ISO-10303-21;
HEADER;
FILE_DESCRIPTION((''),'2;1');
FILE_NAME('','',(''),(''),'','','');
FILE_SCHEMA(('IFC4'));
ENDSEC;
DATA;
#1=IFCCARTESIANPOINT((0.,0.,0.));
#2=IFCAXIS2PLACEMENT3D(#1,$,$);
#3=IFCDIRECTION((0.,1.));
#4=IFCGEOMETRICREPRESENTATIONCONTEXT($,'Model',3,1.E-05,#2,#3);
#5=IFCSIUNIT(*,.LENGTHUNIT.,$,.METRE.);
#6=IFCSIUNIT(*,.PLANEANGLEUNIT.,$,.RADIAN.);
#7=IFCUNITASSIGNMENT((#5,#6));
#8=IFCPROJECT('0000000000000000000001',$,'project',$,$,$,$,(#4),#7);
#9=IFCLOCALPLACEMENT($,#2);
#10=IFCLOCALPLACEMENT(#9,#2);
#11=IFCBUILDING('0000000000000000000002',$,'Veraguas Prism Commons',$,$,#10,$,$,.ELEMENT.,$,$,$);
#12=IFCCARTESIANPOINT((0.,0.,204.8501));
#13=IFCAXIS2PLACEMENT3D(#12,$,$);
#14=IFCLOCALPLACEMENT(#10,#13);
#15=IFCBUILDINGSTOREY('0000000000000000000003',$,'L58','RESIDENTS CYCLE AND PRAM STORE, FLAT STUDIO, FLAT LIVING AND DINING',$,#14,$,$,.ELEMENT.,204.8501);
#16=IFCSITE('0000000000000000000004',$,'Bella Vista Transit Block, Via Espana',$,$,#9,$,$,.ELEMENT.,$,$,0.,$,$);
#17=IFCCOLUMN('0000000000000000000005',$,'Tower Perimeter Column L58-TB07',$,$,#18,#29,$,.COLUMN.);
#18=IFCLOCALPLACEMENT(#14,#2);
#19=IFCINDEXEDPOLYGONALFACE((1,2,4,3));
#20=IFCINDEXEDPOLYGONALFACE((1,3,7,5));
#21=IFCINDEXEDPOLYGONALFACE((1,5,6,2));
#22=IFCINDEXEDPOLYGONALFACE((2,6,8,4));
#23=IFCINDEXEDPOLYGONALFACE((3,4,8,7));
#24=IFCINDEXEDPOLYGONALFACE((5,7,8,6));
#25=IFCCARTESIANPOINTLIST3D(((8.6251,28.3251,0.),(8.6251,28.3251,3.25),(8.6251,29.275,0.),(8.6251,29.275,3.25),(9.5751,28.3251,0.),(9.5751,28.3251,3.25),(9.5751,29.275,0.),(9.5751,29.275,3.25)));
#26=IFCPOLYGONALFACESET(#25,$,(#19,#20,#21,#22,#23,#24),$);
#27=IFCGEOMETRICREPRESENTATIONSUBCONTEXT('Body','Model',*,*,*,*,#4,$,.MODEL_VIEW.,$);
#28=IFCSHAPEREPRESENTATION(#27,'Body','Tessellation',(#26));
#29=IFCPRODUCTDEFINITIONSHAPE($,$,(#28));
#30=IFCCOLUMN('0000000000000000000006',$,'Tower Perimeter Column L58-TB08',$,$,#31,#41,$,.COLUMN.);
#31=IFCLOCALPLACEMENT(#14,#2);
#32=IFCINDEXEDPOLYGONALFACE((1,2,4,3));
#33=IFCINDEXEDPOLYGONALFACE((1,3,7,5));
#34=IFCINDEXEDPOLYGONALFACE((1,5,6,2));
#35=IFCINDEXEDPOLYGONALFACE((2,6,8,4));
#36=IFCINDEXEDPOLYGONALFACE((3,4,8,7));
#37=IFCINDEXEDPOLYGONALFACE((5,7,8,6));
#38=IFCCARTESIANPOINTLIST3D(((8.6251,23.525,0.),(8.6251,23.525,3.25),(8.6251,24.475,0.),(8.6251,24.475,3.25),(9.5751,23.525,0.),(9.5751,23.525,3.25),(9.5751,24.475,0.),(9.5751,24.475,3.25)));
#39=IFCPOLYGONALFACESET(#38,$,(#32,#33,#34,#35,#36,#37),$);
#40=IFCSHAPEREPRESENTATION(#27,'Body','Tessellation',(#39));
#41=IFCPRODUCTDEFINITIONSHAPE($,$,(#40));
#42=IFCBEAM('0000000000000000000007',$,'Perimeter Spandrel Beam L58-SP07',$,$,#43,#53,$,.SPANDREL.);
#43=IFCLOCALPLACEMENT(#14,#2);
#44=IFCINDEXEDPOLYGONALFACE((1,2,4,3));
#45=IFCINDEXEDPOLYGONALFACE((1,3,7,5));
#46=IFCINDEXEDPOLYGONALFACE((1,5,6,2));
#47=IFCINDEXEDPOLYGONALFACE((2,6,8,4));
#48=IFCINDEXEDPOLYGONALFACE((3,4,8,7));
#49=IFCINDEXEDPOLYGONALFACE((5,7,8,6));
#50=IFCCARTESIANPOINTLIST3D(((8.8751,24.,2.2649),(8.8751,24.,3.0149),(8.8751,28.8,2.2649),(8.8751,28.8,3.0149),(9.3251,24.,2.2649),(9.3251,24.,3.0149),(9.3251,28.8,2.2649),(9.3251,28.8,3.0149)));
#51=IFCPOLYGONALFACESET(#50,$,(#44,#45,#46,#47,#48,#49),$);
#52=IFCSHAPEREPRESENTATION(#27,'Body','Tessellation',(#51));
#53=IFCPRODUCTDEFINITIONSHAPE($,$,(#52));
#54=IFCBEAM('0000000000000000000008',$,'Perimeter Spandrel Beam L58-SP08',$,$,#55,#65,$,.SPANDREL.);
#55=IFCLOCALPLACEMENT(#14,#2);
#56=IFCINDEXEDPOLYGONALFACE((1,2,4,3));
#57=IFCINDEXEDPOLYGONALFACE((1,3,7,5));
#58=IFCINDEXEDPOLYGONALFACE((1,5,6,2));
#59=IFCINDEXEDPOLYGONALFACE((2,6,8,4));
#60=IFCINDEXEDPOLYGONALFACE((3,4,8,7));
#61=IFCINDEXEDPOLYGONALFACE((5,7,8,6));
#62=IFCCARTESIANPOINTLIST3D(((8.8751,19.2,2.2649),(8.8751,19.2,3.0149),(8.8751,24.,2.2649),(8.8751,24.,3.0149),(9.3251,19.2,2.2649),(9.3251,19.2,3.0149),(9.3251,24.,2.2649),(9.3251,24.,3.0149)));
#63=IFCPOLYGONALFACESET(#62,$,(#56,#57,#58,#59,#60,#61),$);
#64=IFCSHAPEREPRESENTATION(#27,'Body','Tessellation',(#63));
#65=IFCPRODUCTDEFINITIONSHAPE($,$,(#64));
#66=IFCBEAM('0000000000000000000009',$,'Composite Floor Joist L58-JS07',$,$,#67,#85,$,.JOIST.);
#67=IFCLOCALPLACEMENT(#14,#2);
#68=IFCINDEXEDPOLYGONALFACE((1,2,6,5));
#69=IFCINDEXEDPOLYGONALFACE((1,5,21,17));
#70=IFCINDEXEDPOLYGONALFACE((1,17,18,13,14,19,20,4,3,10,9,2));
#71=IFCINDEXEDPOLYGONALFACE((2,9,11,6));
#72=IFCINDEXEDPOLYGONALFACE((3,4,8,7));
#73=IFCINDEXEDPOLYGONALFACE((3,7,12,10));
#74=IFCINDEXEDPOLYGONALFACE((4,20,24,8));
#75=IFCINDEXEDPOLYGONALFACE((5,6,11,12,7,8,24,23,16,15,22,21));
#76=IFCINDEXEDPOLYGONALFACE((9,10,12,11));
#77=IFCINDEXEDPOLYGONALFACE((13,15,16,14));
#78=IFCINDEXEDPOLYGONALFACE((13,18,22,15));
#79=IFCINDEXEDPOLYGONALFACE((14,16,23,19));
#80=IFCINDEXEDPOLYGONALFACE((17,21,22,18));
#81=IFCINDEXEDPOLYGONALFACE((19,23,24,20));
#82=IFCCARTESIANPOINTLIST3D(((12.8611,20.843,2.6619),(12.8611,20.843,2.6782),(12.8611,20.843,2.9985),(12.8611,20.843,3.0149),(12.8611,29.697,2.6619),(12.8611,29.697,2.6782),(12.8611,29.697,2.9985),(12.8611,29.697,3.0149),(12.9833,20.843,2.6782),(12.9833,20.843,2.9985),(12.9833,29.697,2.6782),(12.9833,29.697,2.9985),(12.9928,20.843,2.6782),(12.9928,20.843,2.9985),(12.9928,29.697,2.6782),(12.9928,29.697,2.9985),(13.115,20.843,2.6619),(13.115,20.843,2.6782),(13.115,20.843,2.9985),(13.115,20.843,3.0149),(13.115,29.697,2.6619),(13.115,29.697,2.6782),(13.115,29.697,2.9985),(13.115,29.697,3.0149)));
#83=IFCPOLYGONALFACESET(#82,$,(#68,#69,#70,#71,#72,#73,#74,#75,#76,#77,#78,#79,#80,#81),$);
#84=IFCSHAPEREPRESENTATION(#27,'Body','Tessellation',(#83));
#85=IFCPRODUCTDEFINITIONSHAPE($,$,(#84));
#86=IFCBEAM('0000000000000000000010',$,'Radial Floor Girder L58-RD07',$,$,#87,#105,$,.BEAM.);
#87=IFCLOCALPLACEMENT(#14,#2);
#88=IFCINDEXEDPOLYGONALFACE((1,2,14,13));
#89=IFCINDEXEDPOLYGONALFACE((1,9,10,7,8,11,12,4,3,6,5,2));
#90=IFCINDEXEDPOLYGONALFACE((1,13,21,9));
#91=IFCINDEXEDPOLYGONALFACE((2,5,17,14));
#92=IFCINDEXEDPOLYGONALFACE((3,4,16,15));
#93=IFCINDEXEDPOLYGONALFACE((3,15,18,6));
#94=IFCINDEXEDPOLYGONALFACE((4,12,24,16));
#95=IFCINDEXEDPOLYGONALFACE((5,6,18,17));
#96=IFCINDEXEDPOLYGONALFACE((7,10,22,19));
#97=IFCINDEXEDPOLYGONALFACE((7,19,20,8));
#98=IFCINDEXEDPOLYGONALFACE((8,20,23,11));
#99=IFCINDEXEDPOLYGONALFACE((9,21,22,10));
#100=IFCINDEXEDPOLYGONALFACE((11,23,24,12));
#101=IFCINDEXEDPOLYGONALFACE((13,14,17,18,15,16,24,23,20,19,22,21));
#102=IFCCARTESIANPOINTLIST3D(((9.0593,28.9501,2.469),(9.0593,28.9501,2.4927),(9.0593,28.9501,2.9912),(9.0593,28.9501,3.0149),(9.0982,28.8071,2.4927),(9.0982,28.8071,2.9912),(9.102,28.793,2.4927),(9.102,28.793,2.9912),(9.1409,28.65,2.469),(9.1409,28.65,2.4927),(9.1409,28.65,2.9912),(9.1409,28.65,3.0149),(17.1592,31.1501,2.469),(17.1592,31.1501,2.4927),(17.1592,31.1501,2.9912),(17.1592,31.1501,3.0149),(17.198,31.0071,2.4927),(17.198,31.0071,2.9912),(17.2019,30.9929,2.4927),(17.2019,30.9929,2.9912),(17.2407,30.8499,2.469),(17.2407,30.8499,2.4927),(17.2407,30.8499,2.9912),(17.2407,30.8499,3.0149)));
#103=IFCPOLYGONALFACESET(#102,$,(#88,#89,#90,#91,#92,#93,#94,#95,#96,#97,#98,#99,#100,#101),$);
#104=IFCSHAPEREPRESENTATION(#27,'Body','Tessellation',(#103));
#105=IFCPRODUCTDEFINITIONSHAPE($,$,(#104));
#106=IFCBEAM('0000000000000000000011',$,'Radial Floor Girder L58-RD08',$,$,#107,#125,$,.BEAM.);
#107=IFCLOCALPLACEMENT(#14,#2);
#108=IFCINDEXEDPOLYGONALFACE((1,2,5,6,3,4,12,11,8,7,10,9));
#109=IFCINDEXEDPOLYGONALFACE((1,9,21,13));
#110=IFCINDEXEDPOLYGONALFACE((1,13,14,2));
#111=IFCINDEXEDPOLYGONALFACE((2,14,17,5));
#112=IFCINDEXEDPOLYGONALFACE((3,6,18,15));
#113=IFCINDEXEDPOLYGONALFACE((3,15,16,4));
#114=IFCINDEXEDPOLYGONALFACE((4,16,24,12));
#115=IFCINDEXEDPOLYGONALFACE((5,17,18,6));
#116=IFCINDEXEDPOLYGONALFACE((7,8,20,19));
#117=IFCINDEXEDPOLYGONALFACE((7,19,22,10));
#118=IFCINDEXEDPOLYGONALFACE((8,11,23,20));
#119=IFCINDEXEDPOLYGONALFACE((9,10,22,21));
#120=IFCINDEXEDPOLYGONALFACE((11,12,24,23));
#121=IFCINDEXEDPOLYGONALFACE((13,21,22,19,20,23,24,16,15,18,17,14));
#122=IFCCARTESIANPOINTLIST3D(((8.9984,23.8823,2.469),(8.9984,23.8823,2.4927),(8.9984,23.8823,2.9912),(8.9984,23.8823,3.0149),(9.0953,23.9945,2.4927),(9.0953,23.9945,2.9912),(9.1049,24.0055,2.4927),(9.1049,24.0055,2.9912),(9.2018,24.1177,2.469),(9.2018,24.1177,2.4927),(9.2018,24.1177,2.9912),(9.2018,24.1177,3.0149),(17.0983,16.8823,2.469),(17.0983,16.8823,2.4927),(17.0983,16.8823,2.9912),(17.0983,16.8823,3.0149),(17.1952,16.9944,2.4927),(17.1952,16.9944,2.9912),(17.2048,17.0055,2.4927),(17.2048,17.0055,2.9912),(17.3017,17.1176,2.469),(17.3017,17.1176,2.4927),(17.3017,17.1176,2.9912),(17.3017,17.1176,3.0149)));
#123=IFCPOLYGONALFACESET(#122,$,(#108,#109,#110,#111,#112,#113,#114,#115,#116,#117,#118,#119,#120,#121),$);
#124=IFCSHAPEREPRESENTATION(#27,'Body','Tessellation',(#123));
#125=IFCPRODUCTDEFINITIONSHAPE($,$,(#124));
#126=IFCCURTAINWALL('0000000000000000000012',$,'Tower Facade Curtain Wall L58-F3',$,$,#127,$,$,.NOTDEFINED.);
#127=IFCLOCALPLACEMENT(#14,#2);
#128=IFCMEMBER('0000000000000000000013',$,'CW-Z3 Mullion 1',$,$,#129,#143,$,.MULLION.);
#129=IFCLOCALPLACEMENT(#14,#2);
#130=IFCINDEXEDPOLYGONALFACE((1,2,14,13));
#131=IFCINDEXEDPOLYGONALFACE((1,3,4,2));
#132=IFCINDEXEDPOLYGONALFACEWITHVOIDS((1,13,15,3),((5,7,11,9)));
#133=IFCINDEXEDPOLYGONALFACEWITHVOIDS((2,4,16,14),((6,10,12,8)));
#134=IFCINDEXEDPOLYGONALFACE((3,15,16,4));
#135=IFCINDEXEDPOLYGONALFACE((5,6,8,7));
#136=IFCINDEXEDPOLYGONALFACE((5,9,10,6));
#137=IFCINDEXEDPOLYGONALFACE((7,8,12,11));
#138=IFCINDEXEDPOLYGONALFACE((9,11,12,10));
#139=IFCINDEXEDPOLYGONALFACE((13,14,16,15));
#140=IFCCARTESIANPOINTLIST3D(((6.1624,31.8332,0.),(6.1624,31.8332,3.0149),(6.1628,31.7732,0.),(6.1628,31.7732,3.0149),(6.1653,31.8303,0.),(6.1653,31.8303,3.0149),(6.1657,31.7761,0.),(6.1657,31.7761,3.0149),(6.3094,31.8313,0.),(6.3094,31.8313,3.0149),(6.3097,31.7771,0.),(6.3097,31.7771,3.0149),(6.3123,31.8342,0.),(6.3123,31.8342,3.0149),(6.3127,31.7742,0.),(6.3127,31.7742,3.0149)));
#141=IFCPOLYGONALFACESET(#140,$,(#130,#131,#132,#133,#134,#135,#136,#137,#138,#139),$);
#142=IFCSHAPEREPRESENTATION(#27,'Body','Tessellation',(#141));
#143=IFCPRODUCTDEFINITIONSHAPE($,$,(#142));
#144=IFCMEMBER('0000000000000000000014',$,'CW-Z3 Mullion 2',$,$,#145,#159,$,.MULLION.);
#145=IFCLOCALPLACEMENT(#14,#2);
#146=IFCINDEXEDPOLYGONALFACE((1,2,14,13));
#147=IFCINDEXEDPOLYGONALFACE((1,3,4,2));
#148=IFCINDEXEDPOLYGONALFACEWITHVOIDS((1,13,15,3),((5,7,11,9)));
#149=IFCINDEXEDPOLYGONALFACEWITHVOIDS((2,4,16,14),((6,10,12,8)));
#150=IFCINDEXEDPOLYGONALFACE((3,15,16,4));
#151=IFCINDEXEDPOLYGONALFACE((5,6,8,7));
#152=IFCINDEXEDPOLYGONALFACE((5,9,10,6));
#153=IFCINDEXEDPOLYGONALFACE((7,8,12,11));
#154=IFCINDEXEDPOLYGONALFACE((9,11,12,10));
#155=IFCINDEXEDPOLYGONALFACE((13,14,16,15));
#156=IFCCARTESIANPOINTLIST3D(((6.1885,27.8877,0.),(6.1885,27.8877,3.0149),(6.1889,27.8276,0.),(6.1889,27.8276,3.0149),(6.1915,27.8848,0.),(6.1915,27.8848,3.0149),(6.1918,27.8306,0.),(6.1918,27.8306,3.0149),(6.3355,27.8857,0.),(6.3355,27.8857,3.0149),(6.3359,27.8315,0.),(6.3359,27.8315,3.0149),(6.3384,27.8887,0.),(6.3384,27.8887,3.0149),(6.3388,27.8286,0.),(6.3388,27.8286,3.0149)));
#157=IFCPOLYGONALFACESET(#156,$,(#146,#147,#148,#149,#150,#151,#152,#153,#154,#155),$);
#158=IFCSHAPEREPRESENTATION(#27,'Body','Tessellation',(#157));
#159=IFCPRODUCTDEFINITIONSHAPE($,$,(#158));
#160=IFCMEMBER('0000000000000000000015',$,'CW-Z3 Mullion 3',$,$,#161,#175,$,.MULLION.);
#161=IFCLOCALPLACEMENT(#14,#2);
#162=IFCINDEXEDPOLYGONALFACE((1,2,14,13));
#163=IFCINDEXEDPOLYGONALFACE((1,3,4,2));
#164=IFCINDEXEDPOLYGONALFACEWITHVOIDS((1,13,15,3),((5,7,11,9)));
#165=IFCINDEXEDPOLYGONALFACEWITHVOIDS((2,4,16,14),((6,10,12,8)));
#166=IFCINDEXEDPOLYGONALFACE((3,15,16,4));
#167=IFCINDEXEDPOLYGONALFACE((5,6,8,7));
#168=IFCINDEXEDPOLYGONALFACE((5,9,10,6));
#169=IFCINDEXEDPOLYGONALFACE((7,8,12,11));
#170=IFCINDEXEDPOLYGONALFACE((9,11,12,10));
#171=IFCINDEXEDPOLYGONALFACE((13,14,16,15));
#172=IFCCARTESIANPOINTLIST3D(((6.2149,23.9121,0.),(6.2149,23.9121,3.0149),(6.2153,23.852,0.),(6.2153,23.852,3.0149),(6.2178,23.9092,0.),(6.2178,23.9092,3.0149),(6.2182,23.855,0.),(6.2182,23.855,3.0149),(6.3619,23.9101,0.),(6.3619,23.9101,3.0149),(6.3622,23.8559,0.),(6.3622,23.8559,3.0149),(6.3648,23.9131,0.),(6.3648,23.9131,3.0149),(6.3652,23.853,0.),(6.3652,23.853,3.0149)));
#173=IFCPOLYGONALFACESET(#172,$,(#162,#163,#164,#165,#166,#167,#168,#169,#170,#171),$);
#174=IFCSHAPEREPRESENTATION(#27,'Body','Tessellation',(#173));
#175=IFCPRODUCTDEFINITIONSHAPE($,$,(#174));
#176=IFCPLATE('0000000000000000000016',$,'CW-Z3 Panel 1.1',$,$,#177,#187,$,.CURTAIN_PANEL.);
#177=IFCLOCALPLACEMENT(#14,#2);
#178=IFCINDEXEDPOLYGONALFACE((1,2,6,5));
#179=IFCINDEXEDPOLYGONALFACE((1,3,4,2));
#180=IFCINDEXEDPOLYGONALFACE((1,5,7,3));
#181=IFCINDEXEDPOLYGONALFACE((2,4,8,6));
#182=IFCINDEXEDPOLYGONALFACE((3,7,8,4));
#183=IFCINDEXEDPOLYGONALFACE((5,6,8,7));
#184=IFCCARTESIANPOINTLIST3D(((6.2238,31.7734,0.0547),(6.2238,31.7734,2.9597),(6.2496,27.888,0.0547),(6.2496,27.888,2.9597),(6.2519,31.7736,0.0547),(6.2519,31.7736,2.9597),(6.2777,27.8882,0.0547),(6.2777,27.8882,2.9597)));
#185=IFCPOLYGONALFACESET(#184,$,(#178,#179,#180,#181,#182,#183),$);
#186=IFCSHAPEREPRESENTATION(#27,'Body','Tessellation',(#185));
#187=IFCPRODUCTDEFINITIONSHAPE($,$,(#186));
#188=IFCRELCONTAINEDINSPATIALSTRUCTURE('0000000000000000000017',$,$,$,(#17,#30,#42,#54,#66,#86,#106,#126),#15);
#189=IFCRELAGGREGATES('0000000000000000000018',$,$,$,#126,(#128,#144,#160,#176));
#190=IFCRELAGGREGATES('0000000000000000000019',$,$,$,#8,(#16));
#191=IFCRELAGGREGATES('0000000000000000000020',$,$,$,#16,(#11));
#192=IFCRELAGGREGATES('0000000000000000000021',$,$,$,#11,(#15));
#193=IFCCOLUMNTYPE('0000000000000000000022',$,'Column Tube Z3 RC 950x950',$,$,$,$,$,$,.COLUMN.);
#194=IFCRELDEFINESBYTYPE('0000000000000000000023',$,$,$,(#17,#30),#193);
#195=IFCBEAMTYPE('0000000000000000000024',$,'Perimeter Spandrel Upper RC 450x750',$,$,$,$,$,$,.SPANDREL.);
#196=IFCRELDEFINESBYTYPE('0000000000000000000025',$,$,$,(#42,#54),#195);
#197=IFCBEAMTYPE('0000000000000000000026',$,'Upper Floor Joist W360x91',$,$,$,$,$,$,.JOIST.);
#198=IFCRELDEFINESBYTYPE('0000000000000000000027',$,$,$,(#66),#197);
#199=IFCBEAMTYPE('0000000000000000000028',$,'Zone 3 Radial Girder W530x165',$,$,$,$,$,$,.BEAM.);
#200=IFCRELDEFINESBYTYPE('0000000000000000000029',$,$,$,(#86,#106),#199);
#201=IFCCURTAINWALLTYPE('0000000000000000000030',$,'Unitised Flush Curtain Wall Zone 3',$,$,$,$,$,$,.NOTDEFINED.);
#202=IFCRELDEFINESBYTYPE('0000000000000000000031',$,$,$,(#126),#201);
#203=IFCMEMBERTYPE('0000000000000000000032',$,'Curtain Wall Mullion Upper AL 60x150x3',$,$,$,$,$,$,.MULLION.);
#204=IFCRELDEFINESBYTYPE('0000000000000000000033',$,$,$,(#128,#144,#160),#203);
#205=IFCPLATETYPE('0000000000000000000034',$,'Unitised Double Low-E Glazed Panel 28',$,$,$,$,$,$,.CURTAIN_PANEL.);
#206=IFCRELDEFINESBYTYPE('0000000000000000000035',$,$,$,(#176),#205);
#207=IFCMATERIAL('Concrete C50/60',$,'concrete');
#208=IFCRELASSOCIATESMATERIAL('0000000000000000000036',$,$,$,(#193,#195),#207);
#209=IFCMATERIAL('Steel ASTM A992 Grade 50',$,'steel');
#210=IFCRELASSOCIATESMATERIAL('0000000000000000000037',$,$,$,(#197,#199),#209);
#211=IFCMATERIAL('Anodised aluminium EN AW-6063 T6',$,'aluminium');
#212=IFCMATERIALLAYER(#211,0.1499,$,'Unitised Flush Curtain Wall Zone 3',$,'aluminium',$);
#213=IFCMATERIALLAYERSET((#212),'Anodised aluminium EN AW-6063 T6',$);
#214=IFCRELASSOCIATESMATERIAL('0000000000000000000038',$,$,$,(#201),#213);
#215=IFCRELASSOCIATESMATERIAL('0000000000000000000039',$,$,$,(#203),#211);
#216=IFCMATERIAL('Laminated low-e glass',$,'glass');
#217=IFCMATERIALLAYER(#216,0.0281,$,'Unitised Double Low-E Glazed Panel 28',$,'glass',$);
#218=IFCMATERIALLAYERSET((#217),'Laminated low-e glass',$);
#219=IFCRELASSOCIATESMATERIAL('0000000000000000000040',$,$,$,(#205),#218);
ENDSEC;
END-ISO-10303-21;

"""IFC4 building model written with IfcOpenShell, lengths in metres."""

from ifc_helpers import new_model, si_unit, direction, frame, origin, origin_2d, place, context, subcontext, project, spatial, rectangle, hollow_rectangle, i_section, extrude, source, transform, mapped, material, layer, layer_set, material_profile, profile_set, type_object, element, aggregate, save


model = new_model("IFC4")

# Units and contexts
model_context = context("Model", 3, precision=1e-05, world=origin(), true_north=direction((0.0, 1.0)))
body_context = subcontext(model_context, "Body", "Model", "MODEL_VIEW")
ifc_project = project(units=[si_unit("LENGTHUNIT", "METRE"), si_unit("PLANEANGLEUNIT", "RADIAN")], contexts=[model_context])

# Site, building, storey
site_placement = place(None, origin())
site = spatial("IfcSite", under=ifc_project, at=site_placement, Name="Bella Vista Transit Block, Via Espana", CompositionType="ELEMENT", RefElevation=0.0)
building_placement = place(site_placement, origin())
building = spatial("IfcBuilding", under=site, at=building_placement, Name="Veraguas Prism Commons", CompositionType="ELEMENT")
storey_placement = place(building_placement, frame((0.0, 0.0, 204.8501)))
storey = spatial("IfcBuildingStorey", under=building, at=storey_placement, Name="L58", Description="RESIDENTS CYCLE AND PRAM STORE, FLAT STUDIO, FLAT LIVING AND DINING", CompositionType="ELEMENT", Elevation=204.8501)

# Columns
ifc_material_1 = material(Name="Concrete C50/60", Category="concrete")
ifc_material_profile_1 = material_profile(ifc_material_1, rectangle(XDim=0.95, YDim=0.95, at=origin_2d()), Name="RC950X950")
ifc_profile_set_1 = profile_set([ifc_material_profile_1], Name="Concrete C50/60")
column_type = type_object("IfcColumnType", Name="Column Tube Z3 RC 950x950", PredefinedType="COLUMN", material=ifc_profile_set_1)
for number, where, z_axis, x_axis, name in (
    (1, (9.1001, 28.8, 0.0), (0.0, 0.0, 1.0), (1.0, 0.0, 0.0), "Tower Perimeter Column L58-TB07"),
    (2, (9.1001, 24.0, 0.0), (0.0, 0.0, 1.0), (1.0, 0.0, 0.0), "Tower Perimeter Column L58-TB08"),
):
    element("IfcColumn", number, at=place(storey_placement, frame(where, z_axis=z_axis, x_axis=x_axis)), inside=storey, type_object=column_type, Name=name, PredefinedType="COLUMN", context=body_context, shape_type="SweptSolid", body=[
        extrude(rectangle(XDim=0.95, YDim=0.95, at=origin_2d()), origin(), (0.0, 0.0, 1.0), 3.25),
    ])

# Beams
ifc_material_profile_2 = material_profile(ifc_material_1, rectangle(XDim=0.45, YDim=0.75, at=origin_2d()), Name="RC450X750")
ifc_profile_set_2 = profile_set([ifc_material_profile_2], Name="Concrete C50/60")
beam_type_1 = type_object("IfcBeamType", Name="Perimeter Spandrel Upper RC 450x750", PredefinedType="SPANDREL", material=ifc_profile_set_2)
for number, where, z_axis, x_axis, name in (
    (3, (9.1001, 28.8, 2.6399), (0.0, -1.0, 0.0), (1.0, 0.0, 0.0), "Perimeter Spandrel Beam L58-SP07"),
    (4, (9.1001, 24.0, 2.6399), (0.0, -1.0, 0.0), (1.0, 0.0, 0.0), "Perimeter Spandrel Beam L58-SP08"),
):
    element("IfcBeam", number, at=place(storey_placement, frame(where, z_axis=z_axis, x_axis=x_axis)), inside=storey, type_object=beam_type_1, Name=name, PredefinedType="SPANDREL", context=body_context, shape_type="SweptSolid", body=[
        extrude(rectangle(XDim=0.45, YDim=0.75, at=origin_2d()), origin(), (0.0, 0.0, 1.0), 4.8),
    ])
ifc_material_2 = material(Name="Steel ASTM A992 Grade 50", Category="steel")
ifc_material_profile_3 = material_profile(ifc_material_2, i_section(OverallWidth=0.2539, OverallDepth=0.353, WebThickness=0.0095, FlangeThickness=0.0164, at=origin_2d()), Name="W360X91")
ifc_profile_set_3 = profile_set([ifc_material_profile_3], Name="Steel ASTM A992 Grade 50")
beam_type_2 = type_object("IfcBeamType", Name="Upper Floor Joist W360x91", PredefinedType="JOIST", material=ifc_profile_set_3)
beam_1_placement = place(storey_placement, frame((12.988, 29.697, 2.8384), z_axis=(0.0, -1.0, 0.0), x_axis=(1.0, 0.0, 0.0)))
element("IfcBeam", 5, at=beam_1_placement, inside=storey, type_object=beam_type_2, Name="Composite Floor Joist L58-JS07", PredefinedType="JOIST", context=body_context, shape_type="SweptSolid", body=[
    extrude(i_section(OverallWidth=0.2539, OverallDepth=0.353, WebThickness=0.0095, FlangeThickness=0.0164, at=origin_2d()), origin(), (0.0, 0.0, 1.0), 8.854),
])
ifc_material_profile_4 = material_profile(ifc_material_2, i_section(OverallWidth=0.311, OverallDepth=0.5459, WebThickness=0.0146, FlangeThickness=0.0237, at=origin_2d()), Name="W530X165")
ifc_profile_set_4 = profile_set([ifc_material_profile_4], Name="Steel ASTM A992 Grade 50")
beam_type_3 = type_object("IfcBeamType", Name="Zone 3 Radial Girder W530x165", PredefinedType="BEAM", material=ifc_profile_set_4)
beam_2_placement = place(storey_placement, frame((9.1001, 28.8, 2.7419), z_axis=(0.965039, 0.262108, 0.0), x_axis=(-0.262108, 0.965039, 0.0)))
element("IfcBeam", 6, at=beam_2_placement, inside=storey, type_object=beam_type_3, Name="Radial Floor Girder L58-RD07", PredefinedType="BEAM", context=body_context, shape_type="SweptSolid", body=[
    extrude(i_section(OverallWidth=0.311, OverallDepth=0.5459, WebThickness=0.0146, FlangeThickness=0.0237, at=origin_2d()), origin(), (0.0, 0.0, 1.0), 8.3933),
])
beam_3_placement = place(storey_placement, frame((9.1001, 24.0, 2.7419), z_axis=(0.756607, -0.65387, 0.0), x_axis=(0.65387, 0.756607, 0.0)))
element("IfcBeam", 7, at=beam_3_placement, inside=storey, type_object=beam_type_3, Name="Radial Floor Girder L58-RD08", PredefinedType="BEAM", context=body_context, shape_type="SweptSolid", body=[
    extrude(i_section(OverallWidth=0.311, OverallDepth=0.5459, WebThickness=0.0146, FlangeThickness=0.0237, at=origin_2d()), origin(), (0.0, 0.0, 1.0), 10.7056),
])

# Curtain wall, members, plate
ifc_material_3 = material(Name="Anodised aluminium EN AW-6063 T6", Category="aluminium")
ifc_layer_1 = layer(ifc_material_3, 0.1499, Name="Unitised Flush Curtain Wall Zone 3", Category="aluminium")
ifc_layer_set_1 = layer_set([ifc_layer_1], Name="Anodised aluminium EN AW-6063 T6")
curtain_wall_type = type_object("IfcCurtainWallType", Name="Unitised Flush Curtain Wall Zone 3", PredefinedType="NOTDEFINED", material=ifc_layer_set_1)
curtain_wall_placement = place(storey_placement, origin())
curtain_wall = element("IfcCurtainWall", 8, at=curtain_wall_placement, inside=storey, type_object=curtain_wall_type, Name="Tower Facade Curtain Wall L58-F3", PredefinedType="NOTDEFINED")
ifc_material_profile_5 = material_profile(ifc_material_3, hollow_rectangle(XDim=0.0601, YDim=0.1499, WallThickness=0.0029, at=origin_2d()), Name="AL60X150X3")
ifc_profile_set_5 = profile_set([ifc_material_profile_5], Name="Anodised aluminium EN AW-6063 T6")
member_type = type_object("IfcMemberType", Name="Curtain Wall Mullion Upper AL 60x150x3", PredefinedType="MULLION", material=ifc_profile_set_5)
shared_shape_1 = source(origin(), body_context, "Body", "SweptSolid", [
    extrude(hollow_rectangle(XDim=0.0601, YDim=0.1499, WallThickness=0.0029, at=origin_2d()), origin(), (0.0, 0.0, 1.0), 3.0149),
])
member_1_placement = place(storey_placement, frame((6.2375, 31.8037, 0.0), z_axis=(0.0, 0.0, 1.0), x_axis=(0.006634, -0.999978, 0.0)))
member_1 = element("IfcMember", 9, at=member_1_placement, type_object=member_type, Name="CW-Z3 Mullion 1", PredefinedType="MULLION", context=body_context, shape_type="MappedRepresentation", body=[
    mapped(shared_shape_1, transform((0.0, 0.0, 0.0), scale=1.0)),
])
member_2_placement = place(storey_placement, frame((6.2637, 27.8582, 0.0), z_axis=(0.0, 0.0, 1.0), x_axis=(0.006634, -0.999978, 0.0)))
member_2 = element("IfcMember", 10, at=member_2_placement, type_object=member_type, Name="CW-Z3 Mullion 2", PredefinedType="MULLION", context=body_context, shape_type="MappedRepresentation", body=[
    mapped(shared_shape_1, transform((0.0, 0.0, 0.0), scale=1.0)),
])
member_3_placement = place(storey_placement, frame((6.29, 23.8826, 0.0), z_axis=(0.0, 0.0, 1.0), x_axis=(0.006634, -0.999978, 0.0)))
member_3 = element("IfcMember", 11, at=member_3_placement, type_object=member_type, Name="CW-Z3 Mullion 3", PredefinedType="MULLION", context=body_context, shape_type="MappedRepresentation", body=[
    mapped(shared_shape_1, transform((0.0, 0.0, 0.0), scale=1.0)),
])
ifc_material_4 = material(Name="Laminated low-e glass", Category="glass")
ifc_layer_2 = layer(ifc_material_4, 0.0281, Name="Unitised Double Low-E Glazed Panel 28", Category="glass")
ifc_layer_set_2 = layer_set([ifc_layer_2], Name="Laminated low-e glass")
plate_type = type_object("IfcPlateType", Name="Unitised Double Low-E Glazed Panel 28", PredefinedType="CURTAIN_PANEL", material=ifc_layer_set_2)
shared_shape_2 = source(origin(), body_context, "Body", "SweptSolid", [
    extrude(rectangle(XDim=3.8855, YDim=0.0281, at=origin_2d()), origin(), (0.0, 0.0, 1.0), 2.905),
])
plate_1_placement = place(storey_placement, frame((6.2507, 29.8308, 0.0547), z_axis=(0.0, 0.0, 1.0), x_axis=(0.006634, -0.999978, 0.0)))
plate_1 = element("IfcPlate", 12, at=plate_1_placement, type_object=plate_type, Name="CW-Z3 Panel 1.1", PredefinedType="CURTAIN_PANEL", context=body_context, shape_type="MappedRepresentation", body=[
    mapped(shared_shape_2, transform((0.0, 0.0, 0.0), scale=1.0)),
])
aggregate(curtain_wall, [member_1, member_2, member_3, plate_1])

save(model, "model.ifc")
